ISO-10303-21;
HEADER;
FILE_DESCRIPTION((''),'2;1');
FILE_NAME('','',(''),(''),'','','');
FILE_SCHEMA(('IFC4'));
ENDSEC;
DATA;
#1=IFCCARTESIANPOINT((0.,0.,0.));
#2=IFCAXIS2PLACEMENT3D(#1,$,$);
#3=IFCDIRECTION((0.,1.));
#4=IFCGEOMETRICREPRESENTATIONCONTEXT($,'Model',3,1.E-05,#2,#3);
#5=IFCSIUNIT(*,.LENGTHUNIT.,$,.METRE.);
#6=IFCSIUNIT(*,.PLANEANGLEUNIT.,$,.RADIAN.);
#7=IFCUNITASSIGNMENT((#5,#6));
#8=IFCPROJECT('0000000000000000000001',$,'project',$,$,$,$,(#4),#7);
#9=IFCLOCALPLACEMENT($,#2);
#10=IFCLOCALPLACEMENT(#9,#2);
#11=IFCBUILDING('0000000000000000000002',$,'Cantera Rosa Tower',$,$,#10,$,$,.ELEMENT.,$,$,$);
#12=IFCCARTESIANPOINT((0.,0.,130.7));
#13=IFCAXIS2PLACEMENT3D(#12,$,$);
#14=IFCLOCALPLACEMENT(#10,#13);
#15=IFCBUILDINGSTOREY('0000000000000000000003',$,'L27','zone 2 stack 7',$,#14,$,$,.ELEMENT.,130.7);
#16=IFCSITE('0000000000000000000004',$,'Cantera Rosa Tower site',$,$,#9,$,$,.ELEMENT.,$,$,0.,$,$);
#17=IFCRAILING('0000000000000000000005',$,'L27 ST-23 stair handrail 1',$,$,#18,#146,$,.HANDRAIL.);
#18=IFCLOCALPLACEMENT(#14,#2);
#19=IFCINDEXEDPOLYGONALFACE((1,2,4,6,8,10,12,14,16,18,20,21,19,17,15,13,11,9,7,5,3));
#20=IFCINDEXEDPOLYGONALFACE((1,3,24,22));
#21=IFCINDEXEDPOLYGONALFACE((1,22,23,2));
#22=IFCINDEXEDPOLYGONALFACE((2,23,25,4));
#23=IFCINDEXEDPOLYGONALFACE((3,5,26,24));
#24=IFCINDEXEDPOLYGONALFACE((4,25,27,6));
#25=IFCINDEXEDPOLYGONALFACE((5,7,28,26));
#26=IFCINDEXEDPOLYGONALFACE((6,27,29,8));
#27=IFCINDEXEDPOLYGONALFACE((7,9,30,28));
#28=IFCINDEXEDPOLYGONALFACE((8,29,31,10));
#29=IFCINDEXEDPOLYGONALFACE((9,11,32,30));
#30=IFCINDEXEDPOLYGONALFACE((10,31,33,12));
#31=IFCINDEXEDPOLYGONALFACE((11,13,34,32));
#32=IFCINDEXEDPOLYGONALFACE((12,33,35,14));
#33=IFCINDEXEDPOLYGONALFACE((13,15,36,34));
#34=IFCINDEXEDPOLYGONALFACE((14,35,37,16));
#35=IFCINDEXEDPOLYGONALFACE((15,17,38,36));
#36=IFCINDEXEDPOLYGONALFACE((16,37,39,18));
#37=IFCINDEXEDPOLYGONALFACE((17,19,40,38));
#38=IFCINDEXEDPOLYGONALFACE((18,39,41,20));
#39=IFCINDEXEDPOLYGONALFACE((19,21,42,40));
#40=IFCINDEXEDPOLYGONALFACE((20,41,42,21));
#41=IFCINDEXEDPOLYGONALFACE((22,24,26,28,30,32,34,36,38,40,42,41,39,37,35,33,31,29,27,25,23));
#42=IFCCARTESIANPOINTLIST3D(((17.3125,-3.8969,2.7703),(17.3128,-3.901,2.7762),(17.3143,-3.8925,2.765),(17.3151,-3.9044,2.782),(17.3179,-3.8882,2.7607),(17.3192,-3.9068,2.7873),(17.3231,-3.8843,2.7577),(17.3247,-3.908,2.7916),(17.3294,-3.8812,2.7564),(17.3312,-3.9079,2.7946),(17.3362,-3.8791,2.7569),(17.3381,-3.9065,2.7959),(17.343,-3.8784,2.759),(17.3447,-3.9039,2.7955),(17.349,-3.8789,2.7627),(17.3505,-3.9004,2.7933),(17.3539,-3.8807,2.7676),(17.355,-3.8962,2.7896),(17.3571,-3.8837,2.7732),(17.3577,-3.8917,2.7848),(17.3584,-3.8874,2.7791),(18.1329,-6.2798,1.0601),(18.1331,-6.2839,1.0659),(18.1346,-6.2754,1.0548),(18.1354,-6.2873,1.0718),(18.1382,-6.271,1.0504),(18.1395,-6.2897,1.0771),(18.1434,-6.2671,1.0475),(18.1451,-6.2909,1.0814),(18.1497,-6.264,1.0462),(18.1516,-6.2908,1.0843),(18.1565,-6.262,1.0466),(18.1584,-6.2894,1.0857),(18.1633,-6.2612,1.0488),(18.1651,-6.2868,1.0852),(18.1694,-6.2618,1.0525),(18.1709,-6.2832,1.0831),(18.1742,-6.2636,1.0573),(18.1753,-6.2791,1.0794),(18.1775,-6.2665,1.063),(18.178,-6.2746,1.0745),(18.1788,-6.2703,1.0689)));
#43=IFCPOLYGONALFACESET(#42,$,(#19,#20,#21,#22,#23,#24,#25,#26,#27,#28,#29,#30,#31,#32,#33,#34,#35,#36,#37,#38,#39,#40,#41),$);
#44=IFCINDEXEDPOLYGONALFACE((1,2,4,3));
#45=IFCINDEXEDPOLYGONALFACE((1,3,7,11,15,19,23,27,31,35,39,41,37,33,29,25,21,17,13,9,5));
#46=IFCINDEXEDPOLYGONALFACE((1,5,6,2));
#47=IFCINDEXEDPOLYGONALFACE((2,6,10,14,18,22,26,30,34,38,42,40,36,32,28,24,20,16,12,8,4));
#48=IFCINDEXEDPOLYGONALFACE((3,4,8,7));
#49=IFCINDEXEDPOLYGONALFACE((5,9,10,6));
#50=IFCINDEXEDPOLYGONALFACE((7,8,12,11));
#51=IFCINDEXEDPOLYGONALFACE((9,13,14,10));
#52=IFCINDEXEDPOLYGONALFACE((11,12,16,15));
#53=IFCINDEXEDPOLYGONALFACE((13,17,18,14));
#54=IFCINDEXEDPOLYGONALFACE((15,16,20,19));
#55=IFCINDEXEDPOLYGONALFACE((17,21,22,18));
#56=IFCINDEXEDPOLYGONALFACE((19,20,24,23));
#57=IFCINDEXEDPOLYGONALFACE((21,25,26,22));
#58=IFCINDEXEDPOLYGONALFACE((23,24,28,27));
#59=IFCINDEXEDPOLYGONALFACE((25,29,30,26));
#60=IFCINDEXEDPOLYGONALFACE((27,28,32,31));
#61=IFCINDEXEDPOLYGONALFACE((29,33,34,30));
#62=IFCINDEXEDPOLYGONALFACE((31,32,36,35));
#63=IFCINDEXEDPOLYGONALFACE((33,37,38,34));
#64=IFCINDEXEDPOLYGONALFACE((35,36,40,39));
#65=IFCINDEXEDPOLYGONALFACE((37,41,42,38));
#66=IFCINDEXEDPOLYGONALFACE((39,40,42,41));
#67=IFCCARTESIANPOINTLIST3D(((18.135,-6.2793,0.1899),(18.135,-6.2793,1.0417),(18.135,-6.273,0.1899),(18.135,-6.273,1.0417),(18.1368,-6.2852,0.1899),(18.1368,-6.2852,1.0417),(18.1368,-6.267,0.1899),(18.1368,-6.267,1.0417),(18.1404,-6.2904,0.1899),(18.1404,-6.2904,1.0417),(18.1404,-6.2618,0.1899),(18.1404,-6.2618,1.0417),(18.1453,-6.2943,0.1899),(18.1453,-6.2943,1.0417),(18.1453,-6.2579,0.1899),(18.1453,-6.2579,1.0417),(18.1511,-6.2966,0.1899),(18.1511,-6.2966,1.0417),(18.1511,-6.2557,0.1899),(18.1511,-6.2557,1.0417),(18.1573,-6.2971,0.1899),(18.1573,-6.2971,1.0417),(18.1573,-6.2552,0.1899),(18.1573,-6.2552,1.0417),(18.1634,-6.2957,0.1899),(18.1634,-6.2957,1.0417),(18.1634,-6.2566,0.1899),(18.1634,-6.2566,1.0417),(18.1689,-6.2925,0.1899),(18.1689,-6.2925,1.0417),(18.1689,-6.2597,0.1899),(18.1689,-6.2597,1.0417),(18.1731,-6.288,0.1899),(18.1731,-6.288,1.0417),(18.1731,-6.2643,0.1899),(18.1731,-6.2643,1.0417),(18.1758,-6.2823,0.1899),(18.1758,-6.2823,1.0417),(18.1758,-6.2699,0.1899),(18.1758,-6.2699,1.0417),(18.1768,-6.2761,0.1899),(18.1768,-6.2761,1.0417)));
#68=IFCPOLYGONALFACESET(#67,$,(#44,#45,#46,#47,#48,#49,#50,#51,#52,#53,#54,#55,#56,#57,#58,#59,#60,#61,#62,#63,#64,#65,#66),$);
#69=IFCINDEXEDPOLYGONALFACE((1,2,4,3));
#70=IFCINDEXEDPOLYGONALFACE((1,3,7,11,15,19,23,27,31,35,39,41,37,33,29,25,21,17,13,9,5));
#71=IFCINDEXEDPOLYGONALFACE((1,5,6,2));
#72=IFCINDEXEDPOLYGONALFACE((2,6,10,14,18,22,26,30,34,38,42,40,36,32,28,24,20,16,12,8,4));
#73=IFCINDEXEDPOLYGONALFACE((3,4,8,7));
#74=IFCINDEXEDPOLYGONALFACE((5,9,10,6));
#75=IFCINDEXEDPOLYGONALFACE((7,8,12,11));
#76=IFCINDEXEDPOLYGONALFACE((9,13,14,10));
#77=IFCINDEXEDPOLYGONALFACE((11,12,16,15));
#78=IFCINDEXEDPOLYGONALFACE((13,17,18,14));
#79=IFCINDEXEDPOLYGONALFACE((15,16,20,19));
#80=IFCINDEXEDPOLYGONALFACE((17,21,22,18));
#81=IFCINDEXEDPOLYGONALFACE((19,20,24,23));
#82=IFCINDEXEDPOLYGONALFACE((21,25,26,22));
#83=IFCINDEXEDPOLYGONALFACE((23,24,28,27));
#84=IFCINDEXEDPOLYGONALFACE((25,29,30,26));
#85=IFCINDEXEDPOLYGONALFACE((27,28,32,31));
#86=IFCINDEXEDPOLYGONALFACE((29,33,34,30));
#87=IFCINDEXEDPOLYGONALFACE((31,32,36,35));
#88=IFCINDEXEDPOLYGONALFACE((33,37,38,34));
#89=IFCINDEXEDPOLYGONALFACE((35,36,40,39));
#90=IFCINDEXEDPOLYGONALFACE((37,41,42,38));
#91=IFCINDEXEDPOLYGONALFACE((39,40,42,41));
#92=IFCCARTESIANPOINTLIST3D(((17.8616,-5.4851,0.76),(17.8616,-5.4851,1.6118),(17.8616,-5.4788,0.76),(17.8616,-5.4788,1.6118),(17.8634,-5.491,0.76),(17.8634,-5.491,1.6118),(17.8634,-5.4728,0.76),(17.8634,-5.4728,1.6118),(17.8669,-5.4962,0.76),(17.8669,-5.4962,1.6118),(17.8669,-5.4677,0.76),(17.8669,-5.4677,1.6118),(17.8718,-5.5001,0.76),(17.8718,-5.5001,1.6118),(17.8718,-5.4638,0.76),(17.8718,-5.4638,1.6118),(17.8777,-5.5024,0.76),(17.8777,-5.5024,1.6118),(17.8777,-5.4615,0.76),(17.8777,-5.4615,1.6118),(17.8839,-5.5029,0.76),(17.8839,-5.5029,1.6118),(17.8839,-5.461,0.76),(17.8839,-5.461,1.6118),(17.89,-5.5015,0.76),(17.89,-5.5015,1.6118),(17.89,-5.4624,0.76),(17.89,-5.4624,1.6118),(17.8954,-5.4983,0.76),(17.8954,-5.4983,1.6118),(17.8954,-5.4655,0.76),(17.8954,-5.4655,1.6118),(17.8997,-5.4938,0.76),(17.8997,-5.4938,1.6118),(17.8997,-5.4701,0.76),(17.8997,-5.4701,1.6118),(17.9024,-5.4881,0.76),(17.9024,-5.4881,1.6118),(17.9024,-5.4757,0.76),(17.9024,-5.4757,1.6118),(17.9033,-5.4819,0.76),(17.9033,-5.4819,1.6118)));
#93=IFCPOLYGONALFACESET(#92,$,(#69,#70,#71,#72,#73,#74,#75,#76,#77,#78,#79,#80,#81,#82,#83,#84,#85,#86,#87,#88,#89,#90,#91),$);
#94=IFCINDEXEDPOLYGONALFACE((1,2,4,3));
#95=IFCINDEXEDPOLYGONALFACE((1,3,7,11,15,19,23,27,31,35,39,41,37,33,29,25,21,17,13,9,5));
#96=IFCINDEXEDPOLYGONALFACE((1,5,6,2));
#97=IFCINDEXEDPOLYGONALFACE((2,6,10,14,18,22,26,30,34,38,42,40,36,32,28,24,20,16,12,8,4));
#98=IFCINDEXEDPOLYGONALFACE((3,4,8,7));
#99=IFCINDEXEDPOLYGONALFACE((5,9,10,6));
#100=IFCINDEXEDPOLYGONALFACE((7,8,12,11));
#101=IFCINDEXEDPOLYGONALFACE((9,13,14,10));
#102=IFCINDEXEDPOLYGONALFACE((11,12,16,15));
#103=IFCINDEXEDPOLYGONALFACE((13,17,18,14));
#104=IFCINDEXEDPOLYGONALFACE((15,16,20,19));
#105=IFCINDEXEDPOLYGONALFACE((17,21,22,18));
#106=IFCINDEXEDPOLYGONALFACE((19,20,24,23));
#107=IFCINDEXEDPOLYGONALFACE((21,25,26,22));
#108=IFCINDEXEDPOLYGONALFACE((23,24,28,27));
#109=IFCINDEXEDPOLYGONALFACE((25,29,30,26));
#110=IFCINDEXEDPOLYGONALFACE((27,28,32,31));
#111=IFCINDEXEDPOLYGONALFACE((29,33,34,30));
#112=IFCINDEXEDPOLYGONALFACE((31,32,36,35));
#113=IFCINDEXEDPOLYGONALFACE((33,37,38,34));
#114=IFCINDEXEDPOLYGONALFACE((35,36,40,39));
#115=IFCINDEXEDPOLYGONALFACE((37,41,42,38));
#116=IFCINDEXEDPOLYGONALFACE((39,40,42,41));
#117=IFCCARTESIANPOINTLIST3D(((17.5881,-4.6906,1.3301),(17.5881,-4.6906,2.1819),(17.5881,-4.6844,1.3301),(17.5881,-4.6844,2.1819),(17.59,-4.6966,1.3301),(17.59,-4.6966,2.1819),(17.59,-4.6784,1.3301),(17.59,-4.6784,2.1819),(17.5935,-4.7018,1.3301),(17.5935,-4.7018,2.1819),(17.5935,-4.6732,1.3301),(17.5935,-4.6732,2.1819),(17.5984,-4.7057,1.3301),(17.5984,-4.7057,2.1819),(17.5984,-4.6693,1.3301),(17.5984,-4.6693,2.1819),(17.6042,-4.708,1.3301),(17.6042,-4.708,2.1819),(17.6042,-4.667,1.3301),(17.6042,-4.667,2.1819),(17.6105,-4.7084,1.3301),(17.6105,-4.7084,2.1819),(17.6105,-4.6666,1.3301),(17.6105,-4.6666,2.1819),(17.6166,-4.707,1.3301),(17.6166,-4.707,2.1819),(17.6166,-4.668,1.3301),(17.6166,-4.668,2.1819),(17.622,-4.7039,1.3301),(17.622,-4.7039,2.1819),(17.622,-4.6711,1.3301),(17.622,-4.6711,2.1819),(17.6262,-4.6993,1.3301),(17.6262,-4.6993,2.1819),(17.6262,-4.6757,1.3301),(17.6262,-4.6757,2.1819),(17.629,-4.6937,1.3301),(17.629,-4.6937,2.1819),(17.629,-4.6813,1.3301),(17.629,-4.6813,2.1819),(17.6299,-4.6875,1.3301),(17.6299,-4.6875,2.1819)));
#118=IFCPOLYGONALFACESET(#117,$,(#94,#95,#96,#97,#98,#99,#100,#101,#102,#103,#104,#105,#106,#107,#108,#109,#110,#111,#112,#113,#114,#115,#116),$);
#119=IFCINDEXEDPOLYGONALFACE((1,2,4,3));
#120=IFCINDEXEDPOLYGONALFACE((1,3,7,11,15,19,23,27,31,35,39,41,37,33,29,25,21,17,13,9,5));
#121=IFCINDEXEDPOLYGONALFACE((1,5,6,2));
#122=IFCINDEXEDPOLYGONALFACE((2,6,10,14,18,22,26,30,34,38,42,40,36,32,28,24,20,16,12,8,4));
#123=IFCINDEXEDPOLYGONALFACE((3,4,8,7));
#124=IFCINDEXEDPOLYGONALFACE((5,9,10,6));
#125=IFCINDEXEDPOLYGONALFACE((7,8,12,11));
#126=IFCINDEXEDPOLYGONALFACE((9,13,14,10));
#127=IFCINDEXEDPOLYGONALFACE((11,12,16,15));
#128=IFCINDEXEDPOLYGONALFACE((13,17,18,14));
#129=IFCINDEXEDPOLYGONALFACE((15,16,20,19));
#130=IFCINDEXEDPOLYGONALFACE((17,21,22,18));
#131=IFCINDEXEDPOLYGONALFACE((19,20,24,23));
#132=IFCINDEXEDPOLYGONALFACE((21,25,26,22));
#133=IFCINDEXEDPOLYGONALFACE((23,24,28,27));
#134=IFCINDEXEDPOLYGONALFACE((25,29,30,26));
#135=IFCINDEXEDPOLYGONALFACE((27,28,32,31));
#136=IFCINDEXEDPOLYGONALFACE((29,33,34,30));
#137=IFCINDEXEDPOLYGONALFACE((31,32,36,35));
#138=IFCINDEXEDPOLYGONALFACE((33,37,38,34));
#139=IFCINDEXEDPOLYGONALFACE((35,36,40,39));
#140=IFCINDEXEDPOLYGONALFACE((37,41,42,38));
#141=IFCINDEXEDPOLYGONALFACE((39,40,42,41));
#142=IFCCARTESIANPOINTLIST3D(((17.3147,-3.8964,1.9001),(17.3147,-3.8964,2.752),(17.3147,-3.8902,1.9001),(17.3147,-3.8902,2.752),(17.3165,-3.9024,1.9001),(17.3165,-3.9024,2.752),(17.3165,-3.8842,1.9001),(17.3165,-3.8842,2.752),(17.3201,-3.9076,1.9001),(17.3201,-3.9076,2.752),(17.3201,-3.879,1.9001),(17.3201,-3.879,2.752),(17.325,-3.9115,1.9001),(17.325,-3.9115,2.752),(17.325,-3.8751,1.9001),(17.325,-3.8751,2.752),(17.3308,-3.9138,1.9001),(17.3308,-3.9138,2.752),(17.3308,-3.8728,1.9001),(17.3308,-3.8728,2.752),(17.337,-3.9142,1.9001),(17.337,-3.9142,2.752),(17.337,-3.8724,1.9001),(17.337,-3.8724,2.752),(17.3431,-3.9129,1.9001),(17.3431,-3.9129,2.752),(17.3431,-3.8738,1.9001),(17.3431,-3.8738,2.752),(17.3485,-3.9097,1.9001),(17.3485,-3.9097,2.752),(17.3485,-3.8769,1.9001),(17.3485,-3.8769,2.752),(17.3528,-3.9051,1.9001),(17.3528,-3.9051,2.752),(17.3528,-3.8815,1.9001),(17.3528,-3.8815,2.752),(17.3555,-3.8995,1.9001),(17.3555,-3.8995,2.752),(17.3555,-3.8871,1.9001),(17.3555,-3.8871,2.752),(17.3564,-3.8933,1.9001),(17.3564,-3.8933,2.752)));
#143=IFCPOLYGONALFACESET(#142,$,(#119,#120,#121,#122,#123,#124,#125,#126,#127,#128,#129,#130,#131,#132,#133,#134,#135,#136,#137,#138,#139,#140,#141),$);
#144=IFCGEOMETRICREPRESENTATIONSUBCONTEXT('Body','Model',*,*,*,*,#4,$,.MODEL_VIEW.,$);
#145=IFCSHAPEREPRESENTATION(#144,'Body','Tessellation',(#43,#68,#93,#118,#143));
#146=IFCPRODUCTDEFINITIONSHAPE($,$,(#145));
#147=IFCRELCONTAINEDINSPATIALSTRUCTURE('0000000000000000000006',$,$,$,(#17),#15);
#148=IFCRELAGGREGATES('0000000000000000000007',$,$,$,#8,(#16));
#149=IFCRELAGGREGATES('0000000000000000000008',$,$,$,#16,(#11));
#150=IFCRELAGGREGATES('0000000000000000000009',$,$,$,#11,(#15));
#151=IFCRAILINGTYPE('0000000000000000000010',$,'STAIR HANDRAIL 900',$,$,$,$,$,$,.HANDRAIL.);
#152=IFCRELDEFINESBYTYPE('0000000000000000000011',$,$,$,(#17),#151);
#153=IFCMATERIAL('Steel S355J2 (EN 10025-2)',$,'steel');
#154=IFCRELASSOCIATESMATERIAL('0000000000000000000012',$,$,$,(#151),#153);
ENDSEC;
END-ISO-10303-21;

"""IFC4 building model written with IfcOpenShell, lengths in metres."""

from ifc_helpers import new_model, si_unit, direction, frame, origin, origin_2d, place, context, subcontext, project, spatial, circle, extrude, material, type_object, element, save


model = new_model("IFC4")

# Units and contexts
model_context = context("Model", 3, precision=1e-05, world=origin(), true_north=direction((0.0, 1.0)))
body_context = subcontext(model_context, "Body", "Model", "MODEL_VIEW")
ifc_project = project(units=[si_unit("LENGTHUNIT", "METRE"), si_unit("PLANEANGLEUNIT", "RADIAN")], contexts=[model_context])

# Site, building, storey
site_placement = place(None, origin())
site = spatial("IfcSite", under=ifc_project, at=site_placement, Name="Cantera Rosa Tower site", CompositionType="ELEMENT", RefElevation=0.0)
building_placement = place(site_placement, origin())
building = spatial("IfcBuilding", under=site, at=building_placement, Name="Cantera Rosa Tower", CompositionType="ELEMENT")
storey_placement = place(building_placement, frame((0.0, 0.0, 130.7)))
storey = spatial("IfcBuildingStorey", under=building, at=storey_placement, Name="L27", Description="zone 2 stack 7", CompositionType="ELEMENT", Elevation=130.7)

# Railing
ifc_material_1 = material(Name="Steel S355J2 (EN 10025-2)", Category="steel")
railing_type_1 = type_object("IfcRailingType", Name="STAIR HANDRAIL 900", PredefinedType="HANDRAIL", material=ifc_material_1)
railing_1_placement = place(storey_placement, frame((18.1558, -6.2761, 0.1899)))
element("IfcRailing", 1, at=railing_1_placement, inside=storey, type_object=railing_type_1, Name="L27 ST-23 stair handrail 1", PredefinedType="HANDRAIL", context=body_context, shape_type="SweptSolid", body=[
    extrude(circle(Radius=0.0239, at=origin_2d()), frame((0.0, 0.0, 0.876), z_axis=(-0.269346, 0.782386, 0.561538), x_axis=(-0.945538, -0.325513, 0.0)), (0.0, 0.0, 1.0), 3.0457),
    extrude(circle(Radius=0.021, at=origin_2d()), origin(), (0.0, 0.0, 1.0), 0.8518),
    extrude(circle(Radius=0.021, at=origin_2d()), frame((-0.2734, 0.7942, 0.5701)), (0.0, 0.0, 1.0), 0.8518),
    extrude(circle(Radius=0.021, at=origin_2d()), frame((-0.5469, 1.5886, 1.1401)), (0.0, 0.0, 1.0), 0.8518),
    extrude(circle(Radius=0.021, at=origin_2d()), frame((-0.8203, 2.3828, 1.7102)), (0.0, 0.0, 1.0), 0.8518),
])

save(model, "model.ifc")
